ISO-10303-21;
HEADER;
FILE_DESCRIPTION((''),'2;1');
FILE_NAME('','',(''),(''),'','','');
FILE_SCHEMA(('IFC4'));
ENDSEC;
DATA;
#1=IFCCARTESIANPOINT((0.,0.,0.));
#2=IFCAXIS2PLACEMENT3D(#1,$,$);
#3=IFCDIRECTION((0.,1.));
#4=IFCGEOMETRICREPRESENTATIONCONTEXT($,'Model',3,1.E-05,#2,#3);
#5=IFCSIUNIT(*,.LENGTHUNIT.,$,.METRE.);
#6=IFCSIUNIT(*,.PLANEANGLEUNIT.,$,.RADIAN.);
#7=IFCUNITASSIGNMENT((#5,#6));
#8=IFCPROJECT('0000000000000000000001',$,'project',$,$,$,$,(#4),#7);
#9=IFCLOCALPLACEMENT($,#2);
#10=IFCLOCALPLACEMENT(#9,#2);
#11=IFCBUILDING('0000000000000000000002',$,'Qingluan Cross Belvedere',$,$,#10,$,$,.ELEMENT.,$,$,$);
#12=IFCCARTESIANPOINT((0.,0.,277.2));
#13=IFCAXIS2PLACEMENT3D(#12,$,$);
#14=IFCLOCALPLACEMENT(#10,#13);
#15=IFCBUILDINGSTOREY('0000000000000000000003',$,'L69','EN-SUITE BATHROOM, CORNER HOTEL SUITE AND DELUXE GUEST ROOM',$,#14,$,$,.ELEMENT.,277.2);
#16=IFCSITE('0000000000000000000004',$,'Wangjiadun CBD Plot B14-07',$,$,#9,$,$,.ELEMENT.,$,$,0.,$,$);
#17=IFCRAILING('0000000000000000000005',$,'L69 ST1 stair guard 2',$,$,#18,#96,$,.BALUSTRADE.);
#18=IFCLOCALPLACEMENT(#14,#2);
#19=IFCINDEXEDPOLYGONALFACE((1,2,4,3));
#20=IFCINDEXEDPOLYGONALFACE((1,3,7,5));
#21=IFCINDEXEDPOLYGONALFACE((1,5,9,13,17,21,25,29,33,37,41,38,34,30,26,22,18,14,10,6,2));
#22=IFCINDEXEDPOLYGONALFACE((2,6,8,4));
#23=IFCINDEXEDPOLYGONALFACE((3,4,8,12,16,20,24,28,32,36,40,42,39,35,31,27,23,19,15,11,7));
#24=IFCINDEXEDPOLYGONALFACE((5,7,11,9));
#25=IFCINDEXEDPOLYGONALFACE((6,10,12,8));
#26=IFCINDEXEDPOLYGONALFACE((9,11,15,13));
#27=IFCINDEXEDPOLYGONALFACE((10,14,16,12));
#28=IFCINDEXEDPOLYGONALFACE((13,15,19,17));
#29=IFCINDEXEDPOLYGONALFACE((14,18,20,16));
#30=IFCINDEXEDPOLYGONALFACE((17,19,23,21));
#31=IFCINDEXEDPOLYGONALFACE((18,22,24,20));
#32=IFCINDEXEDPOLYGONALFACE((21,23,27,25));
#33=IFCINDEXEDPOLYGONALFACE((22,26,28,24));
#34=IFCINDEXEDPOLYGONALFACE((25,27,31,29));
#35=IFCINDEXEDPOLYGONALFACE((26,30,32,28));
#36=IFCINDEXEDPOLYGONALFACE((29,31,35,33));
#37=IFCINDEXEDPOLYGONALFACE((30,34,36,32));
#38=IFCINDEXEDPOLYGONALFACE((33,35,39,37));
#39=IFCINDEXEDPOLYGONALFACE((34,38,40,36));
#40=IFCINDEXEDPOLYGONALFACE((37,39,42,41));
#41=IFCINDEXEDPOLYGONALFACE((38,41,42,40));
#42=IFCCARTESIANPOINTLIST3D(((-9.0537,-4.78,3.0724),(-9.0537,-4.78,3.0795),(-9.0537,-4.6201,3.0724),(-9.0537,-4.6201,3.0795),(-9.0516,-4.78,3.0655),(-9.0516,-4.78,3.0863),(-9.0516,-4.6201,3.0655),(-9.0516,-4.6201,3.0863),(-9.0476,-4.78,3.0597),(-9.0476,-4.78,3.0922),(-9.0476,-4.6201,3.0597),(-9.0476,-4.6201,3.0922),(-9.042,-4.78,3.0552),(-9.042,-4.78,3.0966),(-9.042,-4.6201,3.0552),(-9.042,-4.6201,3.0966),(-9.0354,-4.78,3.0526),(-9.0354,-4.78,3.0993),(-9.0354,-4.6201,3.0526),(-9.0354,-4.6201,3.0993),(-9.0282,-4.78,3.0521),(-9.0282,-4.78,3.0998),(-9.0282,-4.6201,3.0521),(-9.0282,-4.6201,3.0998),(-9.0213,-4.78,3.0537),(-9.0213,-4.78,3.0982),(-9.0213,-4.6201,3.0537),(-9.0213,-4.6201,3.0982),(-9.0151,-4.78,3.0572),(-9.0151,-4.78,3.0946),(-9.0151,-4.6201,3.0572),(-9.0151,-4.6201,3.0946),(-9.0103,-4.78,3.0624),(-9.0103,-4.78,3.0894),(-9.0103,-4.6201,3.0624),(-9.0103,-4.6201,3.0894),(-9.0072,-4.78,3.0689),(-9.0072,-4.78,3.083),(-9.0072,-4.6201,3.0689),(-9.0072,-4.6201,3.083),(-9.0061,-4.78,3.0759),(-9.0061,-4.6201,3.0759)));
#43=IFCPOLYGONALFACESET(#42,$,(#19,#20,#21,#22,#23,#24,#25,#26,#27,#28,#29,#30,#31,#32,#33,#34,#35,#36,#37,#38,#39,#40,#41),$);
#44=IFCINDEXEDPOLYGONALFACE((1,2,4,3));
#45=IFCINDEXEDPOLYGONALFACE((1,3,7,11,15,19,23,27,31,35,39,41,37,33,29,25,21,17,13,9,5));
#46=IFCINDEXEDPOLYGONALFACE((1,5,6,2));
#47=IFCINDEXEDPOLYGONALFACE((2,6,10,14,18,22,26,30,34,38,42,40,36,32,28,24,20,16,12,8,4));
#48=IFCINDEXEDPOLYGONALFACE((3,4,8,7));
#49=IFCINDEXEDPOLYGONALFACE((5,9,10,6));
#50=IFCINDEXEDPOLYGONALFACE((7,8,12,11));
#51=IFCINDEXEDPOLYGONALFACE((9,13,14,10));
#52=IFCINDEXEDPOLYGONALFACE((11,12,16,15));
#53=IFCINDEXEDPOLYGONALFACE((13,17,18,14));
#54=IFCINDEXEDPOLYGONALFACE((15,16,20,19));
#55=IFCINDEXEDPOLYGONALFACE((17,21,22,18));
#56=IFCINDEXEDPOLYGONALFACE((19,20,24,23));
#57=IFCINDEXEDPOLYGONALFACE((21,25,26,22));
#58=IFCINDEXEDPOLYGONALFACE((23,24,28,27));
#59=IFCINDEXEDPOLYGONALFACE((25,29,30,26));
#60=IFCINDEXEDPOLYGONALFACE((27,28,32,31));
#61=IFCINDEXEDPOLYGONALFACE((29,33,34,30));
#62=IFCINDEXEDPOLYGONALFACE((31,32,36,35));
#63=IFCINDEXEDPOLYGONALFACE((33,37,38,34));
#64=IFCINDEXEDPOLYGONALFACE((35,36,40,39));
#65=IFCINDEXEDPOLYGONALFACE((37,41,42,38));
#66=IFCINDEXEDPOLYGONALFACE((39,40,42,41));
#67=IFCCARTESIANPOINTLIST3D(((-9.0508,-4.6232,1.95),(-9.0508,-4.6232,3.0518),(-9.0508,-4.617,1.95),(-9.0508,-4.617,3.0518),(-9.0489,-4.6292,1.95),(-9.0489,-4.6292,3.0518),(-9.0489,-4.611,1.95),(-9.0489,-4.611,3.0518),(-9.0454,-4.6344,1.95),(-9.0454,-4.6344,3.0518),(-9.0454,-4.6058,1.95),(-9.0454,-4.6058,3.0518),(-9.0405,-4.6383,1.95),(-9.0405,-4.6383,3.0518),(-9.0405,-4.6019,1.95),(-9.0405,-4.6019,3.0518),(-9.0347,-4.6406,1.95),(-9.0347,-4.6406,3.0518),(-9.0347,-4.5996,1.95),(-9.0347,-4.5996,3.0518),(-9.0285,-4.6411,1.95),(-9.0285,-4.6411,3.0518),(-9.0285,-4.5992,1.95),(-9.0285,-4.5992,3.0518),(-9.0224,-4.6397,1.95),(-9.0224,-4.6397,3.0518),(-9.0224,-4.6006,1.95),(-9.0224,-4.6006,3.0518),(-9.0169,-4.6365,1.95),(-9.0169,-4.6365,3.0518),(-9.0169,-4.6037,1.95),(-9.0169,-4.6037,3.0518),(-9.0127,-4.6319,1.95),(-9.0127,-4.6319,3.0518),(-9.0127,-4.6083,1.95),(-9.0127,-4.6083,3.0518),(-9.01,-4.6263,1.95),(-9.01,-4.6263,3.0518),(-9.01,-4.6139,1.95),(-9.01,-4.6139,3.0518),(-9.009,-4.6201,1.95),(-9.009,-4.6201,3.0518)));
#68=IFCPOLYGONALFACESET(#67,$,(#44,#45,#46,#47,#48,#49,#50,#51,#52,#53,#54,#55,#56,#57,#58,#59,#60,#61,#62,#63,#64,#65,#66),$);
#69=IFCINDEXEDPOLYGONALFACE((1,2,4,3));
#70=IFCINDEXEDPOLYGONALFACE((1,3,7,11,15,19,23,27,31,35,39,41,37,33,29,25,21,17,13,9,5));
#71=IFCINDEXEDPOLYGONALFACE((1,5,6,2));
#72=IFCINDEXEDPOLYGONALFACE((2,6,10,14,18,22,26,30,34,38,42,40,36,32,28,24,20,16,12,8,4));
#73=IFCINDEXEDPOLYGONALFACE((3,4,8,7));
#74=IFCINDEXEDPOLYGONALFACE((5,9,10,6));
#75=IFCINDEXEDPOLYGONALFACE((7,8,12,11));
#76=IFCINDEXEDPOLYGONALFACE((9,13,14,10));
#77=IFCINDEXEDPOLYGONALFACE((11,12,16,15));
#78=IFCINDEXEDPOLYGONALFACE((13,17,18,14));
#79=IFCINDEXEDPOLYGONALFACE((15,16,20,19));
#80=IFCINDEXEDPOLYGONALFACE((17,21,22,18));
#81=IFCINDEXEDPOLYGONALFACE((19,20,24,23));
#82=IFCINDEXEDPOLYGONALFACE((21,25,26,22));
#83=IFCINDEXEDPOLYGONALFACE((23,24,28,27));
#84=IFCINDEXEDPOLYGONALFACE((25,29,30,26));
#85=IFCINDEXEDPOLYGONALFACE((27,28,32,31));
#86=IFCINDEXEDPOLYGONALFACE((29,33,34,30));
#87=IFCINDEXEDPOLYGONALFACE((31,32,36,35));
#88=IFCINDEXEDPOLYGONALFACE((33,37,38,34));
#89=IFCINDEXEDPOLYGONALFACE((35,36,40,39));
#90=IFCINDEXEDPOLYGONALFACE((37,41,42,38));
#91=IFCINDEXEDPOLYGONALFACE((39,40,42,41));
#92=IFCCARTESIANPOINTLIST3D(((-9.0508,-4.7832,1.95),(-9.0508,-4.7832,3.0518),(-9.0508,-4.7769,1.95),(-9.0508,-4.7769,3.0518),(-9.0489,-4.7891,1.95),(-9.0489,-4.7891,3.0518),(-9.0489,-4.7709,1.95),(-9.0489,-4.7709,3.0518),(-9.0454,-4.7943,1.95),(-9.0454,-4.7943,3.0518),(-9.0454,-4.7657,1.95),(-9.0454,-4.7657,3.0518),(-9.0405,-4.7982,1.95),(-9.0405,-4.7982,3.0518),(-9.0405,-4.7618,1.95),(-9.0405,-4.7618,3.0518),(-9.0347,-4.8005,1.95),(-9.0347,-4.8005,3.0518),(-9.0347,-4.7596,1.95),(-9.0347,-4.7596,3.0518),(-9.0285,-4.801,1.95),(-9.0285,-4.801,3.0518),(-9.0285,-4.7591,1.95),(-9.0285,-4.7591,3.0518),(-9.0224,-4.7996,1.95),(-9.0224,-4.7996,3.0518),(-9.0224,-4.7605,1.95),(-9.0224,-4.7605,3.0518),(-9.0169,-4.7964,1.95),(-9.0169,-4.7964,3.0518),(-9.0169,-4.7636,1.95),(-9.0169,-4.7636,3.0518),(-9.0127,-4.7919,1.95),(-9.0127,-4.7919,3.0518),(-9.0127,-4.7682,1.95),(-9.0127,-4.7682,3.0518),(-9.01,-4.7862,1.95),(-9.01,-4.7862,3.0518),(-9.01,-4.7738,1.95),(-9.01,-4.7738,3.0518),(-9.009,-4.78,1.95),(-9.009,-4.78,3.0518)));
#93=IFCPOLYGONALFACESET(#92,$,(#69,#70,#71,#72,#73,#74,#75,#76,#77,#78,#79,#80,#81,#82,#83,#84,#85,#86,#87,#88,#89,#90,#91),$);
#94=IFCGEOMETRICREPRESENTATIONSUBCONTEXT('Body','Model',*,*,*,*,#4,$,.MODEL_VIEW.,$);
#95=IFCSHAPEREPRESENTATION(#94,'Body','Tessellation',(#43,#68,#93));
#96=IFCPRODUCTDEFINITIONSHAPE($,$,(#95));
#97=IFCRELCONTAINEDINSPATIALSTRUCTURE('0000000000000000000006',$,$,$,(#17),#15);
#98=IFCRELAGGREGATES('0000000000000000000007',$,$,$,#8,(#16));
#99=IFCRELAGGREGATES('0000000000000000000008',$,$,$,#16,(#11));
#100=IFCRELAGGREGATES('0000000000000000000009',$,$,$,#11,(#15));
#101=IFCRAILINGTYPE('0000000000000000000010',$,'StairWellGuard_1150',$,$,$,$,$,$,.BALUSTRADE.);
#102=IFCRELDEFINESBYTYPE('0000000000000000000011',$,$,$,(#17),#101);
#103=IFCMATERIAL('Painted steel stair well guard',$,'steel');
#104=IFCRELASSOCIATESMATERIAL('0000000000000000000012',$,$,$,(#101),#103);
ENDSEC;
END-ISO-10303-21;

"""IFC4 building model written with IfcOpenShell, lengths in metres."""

from ifc_helpers import new_model, si_unit, direction, frame, origin, origin_2d, place, context, subcontext, project, spatial, circle, extrude, material, type_object, element, save


model = new_model("IFC4")

# Units and contexts
model_context = context("Model", 3, precision=1e-05, world=origin(), true_north=direction((0.0, 1.0)))
body_context = subcontext(model_context, "Body", "Model", "MODEL_VIEW")
ifc_project = project(units=[si_unit("LENGTHUNIT", "METRE"), si_unit("PLANEANGLEUNIT", "RADIAN")], contexts=[model_context])

# Site, building, storey
site_placement = place(None, origin())
site = spatial("IfcSite", under=ifc_project, at=site_placement, Name="Wangjiadun CBD Plot B14-07", CompositionType="ELEMENT", RefElevation=0.0)
building_placement = place(site_placement, origin())
building = spatial("IfcBuilding", under=site, at=building_placement, Name="Qingluan Cross Belvedere", CompositionType="ELEMENT")
storey_placement = place(building_placement, frame((0.0, 0.0, 277.2)))
storey = spatial("IfcBuildingStorey", under=building, at=storey_placement, Name="L69", Description="EN-SUITE BATHROOM, CORNER HOTEL SUITE AND DELUXE GUEST ROOM", CompositionType="ELEMENT", Elevation=277.2)

# Railing
ifc_material_1 = material(Name="Painted steel stair well guard", Category="steel")
railing_type_1 = type_object("IfcRailingType", Name="StairWellGuard_1150", PredefinedType="BALUSTRADE", material=ifc_material_1)
railing_1_placement = place(storey_placement, frame((-9.03, -4.6201, 1.95)))
element("IfcRailing", 1, at=railing_1_placement, inside=storey, type_object=railing_type_1, Name="L69 ST1 stair guard 2", PredefinedType="BALUSTRADE", context=body_context, shape_type="SweptSolid", body=[
    extrude(circle(Radius=0.0239, at=origin_2d()), frame((0.0, 0.0, 1.126), z_axis=(0.0, -1.0, 0.0), x_axis=(1.0, 0.0, 0.0)), (0.0, 0.0, 1.0), 0.1599),
    extrude(circle(Radius=0.021, at=origin_2d()), origin(), (0.0, 0.0, 1.0), 1.1018),
    extrude(circle(Radius=0.021, at=origin_2d()), frame((0.0, -0.1599, 0.0)), (0.0, 0.0, 1.0), 1.1018),
])

save(model, "model.ifc")
